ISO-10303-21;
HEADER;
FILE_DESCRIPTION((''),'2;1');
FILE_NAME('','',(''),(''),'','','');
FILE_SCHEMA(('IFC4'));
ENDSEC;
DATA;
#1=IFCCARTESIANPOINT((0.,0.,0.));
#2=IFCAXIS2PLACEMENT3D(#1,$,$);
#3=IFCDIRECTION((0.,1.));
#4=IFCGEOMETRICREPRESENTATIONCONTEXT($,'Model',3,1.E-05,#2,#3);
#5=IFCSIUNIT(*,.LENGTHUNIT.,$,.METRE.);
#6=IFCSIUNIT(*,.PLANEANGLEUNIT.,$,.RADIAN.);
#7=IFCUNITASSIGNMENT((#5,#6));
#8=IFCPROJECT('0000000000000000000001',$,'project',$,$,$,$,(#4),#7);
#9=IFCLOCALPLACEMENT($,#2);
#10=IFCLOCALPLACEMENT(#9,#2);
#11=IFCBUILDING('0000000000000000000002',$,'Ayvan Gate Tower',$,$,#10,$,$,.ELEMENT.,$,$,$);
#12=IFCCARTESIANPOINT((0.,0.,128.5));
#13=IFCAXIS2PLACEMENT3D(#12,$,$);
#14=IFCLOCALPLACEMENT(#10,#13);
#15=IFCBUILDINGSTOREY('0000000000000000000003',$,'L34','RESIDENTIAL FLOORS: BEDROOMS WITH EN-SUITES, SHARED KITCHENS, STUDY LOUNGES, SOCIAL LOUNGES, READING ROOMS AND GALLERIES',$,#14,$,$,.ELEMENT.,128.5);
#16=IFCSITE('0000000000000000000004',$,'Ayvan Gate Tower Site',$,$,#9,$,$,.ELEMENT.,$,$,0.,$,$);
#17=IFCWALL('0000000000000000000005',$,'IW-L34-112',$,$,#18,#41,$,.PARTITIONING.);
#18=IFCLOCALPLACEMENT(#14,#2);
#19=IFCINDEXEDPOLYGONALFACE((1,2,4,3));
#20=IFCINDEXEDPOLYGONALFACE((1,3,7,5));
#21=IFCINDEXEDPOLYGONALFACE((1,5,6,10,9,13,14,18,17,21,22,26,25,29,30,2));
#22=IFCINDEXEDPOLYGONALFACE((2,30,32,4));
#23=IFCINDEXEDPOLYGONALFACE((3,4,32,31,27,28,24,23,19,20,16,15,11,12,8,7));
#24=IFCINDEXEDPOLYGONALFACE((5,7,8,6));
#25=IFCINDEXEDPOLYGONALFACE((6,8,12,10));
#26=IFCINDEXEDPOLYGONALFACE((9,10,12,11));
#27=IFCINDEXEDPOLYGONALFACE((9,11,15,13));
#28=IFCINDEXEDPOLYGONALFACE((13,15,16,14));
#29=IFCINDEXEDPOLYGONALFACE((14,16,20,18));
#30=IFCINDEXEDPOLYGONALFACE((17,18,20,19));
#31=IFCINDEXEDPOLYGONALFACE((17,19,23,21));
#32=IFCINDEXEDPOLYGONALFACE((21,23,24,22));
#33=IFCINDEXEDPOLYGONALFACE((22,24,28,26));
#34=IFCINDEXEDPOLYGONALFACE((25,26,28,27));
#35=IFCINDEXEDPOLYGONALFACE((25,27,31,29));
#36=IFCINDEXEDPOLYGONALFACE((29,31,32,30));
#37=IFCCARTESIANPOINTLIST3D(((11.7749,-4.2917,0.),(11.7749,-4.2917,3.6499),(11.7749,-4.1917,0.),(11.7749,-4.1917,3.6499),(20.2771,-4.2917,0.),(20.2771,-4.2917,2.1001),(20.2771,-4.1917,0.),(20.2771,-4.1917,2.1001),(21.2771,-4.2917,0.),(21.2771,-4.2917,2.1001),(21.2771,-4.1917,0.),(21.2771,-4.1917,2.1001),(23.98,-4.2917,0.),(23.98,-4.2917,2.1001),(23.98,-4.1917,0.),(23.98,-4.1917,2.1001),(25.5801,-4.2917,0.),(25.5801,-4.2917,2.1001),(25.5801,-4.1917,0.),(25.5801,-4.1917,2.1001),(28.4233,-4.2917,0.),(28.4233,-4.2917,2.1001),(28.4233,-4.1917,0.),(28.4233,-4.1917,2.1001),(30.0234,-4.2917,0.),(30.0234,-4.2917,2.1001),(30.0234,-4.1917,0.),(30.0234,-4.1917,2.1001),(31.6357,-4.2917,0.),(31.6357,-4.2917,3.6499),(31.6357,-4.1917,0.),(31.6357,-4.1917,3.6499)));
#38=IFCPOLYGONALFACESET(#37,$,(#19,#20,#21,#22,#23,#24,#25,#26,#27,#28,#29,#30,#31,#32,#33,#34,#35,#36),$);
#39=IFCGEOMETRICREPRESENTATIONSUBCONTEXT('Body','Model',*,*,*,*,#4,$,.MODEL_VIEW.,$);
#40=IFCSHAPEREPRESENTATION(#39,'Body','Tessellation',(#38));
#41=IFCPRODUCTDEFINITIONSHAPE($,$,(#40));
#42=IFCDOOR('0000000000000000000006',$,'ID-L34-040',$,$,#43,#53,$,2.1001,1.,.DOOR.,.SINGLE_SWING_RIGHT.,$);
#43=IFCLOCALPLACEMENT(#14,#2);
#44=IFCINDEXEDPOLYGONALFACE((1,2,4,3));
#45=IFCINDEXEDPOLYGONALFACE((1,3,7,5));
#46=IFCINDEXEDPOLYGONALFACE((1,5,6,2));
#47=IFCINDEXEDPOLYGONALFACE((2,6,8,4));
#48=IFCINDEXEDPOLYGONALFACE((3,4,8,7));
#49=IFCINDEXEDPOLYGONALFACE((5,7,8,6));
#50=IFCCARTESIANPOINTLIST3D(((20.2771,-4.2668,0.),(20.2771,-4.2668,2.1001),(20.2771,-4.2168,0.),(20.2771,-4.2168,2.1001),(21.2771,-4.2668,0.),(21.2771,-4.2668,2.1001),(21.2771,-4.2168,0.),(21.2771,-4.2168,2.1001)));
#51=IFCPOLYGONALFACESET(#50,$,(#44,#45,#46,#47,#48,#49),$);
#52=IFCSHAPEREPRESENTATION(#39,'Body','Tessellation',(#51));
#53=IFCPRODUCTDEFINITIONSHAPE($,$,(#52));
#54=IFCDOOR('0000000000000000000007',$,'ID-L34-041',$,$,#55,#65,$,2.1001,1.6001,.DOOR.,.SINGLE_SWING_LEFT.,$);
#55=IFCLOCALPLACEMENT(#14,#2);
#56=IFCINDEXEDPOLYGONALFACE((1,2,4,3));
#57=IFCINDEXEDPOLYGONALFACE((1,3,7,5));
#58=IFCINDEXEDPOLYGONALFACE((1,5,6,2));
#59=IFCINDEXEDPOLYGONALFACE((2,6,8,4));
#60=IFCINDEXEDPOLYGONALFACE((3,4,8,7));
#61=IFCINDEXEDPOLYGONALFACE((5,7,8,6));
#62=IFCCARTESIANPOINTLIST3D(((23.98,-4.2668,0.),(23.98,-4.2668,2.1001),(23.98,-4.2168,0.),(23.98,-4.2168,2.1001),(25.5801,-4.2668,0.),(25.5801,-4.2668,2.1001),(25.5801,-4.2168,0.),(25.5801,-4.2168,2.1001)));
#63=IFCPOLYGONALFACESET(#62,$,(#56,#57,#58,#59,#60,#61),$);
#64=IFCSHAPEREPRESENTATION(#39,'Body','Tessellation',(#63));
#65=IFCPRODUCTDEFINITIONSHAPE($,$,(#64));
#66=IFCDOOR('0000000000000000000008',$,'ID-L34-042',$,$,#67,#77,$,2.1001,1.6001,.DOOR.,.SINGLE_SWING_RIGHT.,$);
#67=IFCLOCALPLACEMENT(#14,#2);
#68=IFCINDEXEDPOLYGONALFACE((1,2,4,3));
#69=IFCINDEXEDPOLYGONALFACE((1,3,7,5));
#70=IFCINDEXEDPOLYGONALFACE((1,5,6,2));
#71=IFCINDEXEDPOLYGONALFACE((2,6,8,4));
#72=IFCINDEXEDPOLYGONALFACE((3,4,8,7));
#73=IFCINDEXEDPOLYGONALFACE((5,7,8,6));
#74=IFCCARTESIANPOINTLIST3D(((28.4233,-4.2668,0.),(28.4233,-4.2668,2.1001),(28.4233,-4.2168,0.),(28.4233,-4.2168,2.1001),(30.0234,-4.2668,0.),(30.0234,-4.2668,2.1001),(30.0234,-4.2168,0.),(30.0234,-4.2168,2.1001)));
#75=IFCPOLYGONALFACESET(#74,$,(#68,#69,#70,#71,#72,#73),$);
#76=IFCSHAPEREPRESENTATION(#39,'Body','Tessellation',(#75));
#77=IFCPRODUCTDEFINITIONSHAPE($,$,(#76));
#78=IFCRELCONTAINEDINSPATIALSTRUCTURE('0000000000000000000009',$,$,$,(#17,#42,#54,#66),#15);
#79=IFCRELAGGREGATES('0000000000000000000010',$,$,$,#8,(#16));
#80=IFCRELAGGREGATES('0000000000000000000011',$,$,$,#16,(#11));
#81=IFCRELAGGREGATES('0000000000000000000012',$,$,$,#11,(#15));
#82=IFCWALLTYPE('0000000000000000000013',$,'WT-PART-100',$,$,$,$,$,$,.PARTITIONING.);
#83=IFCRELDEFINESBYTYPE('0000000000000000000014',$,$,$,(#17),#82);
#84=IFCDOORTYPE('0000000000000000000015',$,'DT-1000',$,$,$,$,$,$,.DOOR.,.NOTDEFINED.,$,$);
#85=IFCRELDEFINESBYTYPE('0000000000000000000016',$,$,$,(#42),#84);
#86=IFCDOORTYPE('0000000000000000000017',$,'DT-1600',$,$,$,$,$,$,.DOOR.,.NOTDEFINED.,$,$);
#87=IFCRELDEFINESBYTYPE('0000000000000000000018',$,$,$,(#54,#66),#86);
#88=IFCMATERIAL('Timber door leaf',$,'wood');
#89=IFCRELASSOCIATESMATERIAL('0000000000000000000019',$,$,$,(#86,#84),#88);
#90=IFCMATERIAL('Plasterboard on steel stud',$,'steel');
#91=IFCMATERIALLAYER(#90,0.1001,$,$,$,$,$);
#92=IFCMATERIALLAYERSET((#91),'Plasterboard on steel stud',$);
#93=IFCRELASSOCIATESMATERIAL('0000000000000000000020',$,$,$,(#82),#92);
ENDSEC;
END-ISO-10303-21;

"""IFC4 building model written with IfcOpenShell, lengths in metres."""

from ifc_helpers import new_model, si_unit, direction, frame, frame_2d, origin, place, context, subcontext, project, spatial, rectangle, extrude, material, layer, layer_set, type_object, element, fill, save


model = new_model("IFC4")

# Units and contexts
model_context = context("Model", 3, precision=1e-05, world=origin(), true_north=direction((0.0, 1.0)))
body_context = subcontext(model_context, "Body", "Model", "MODEL_VIEW")
ifc_project = project(units=[si_unit("LENGTHUNIT", "METRE"), si_unit("PLANEANGLEUNIT", "RADIAN")], contexts=[model_context])

# Site, building, storey
site_placement = place(None, origin())
site = spatial("IfcSite", under=ifc_project, at=site_placement, Name="Ayvan Gate Tower Site", CompositionType="ELEMENT", RefElevation=0.0)
building_placement = place(site_placement, origin())
building = spatial("IfcBuilding", under=site, at=building_placement, Name="Ayvan Gate Tower", CompositionType="ELEMENT")
storey_placement = place(building_placement, frame((0.0, 0.0, 128.5)))
storey = spatial("IfcBuildingStorey", under=building, at=storey_placement, Name="L34", Description="RESIDENTIAL FLOORS: BEDROOMS WITH EN-SUITES, SHARED KITCHENS, STUDY LOUNGES, SOCIAL LOUNGES, READING ROOMS AND GALLERIES", CompositionType="ELEMENT", Elevation=128.5)

# Shared definitions
ifc_material_1 = material(Name="Plasterboard on steel stud", Category="steel")
ifc_material_2 = material(Name="Timber door leaf", Category="wood")
door_type_1 = type_object("IfcDoorType", Name="DT-1600", OperationType="NOTDEFINED", PredefinedType="DOOR", material=ifc_material_2)

# Shared definitions
ifc_layer_1 = layer(ifc_material_1, 0.1001)
ifc_layer_set_1 = layer_set([ifc_layer_1], Name="Plasterboard on steel stud")
wall_type_1 = type_object("IfcWallType", Name="WT-PART-100", PredefinedType="PARTITIONING", material=ifc_layer_set_1)

# Wall, openings, doors
wall_1_placement = place(storey_placement, frame((11.7749, -4.2417, 0.0), z_axis=(0.0, 0.0, 1.0), x_axis=(1.0, 0.0, 0.0)))
wall_1 = element("IfcWall", 1, at=wall_1_placement, inside=storey, type_object=wall_type_1, Name="IW-L34-112", PredefinedType="PARTITIONING", context=body_context, shape_type="SweptSolid", body=[
    extrude(rectangle(XDim=19.8608, YDim=0.1001, at=frame_2d((9.9304, 0.0))), origin(), (0.0, 0.0, 1.0), 3.6499),
])
opening_1_placement = place(wall_1_placement, frame((8.5022, 0.0, 0.0)))
opening_1 = element("IfcOpeningElement", 2, at=opening_1_placement, cuts=wall_1, PredefinedType="OPENING", context=body_context, shape_type="SweptSolid", body=[
    extrude(rectangle(XDim=1.0, YDim=2.1001, at=frame_2d((0.5, 1.05))), frame((0.0, 0.0601, 0.0), z_axis=(0.0, -1.0, 0.0), x_axis=(1.0, 0.0, 0.0)), (0.0, 0.0, 1.0), 0.1201),
])
opening_2_placement = place(wall_1_placement, frame((12.2051, 0.0, 0.0)))
opening_2 = element("IfcOpeningElement", 3, at=opening_2_placement, cuts=wall_1, PredefinedType="OPENING", context=body_context, shape_type="SweptSolid", body=[
    extrude(rectangle(XDim=1.6001, YDim=2.1001, at=frame_2d((0.8, 1.05))), frame((0.0, 0.0601, 0.0), z_axis=(0.0, -1.0, 0.0), x_axis=(1.0, 0.0, 0.0)), (0.0, 0.0, 1.0), 0.1201),
])
opening_3_placement = place(wall_1_placement, frame((16.6484, 0.0, 0.0)))
opening_3 = element("IfcOpeningElement", 4, at=opening_3_placement, cuts=wall_1, PredefinedType="OPENING", context=body_context, shape_type="SweptSolid", body=[
    extrude(rectangle(XDim=1.6001, YDim=2.1001, at=frame_2d((0.8, 1.05))), frame((0.0, 0.0601, 0.0), z_axis=(0.0, -1.0, 0.0), x_axis=(1.0, 0.0, 0.0)), (0.0, 0.0, 1.0), 0.1201),
])
door_type_2 = type_object("IfcDoorType", Name="DT-1000", OperationType="NOTDEFINED", PredefinedType="DOOR", material=ifc_material_2)
door_1_placement = place(opening_1_placement, origin())
door_1 = element("IfcDoor", 5, at=door_1_placement, inside=storey, type_object=door_type_2, Name="ID-L34-040", OperationType="SINGLE_SWING_RIGHT", OverallHeight=2.1001, OverallWidth=1.0, PredefinedType="DOOR", context=body_context, shape_type="SweptSolid", body=[
    extrude(rectangle(XDim=1.0, YDim=2.1001, at=frame_2d((0.5, 1.05))), frame((0.0, 0.0249, 0.0), z_axis=(0.0, -1.0, 0.0), x_axis=(1.0, 0.0, 0.0)), (0.0, 0.0, 1.0), 0.05),
])
fill(opening_1, door_1)
door_2_placement = place(opening_2_placement, origin())
door_2 = element("IfcDoor", 6, at=door_2_placement, inside=storey, type_object=door_type_1, Name="ID-L34-041", OperationType="SINGLE_SWING_LEFT", OverallHeight=2.1001, OverallWidth=1.6001, PredefinedType="DOOR", context=body_context, shape_type="SweptSolid", body=[
    extrude(rectangle(XDim=1.6001, YDim=2.1001, at=frame_2d((0.8, 1.05))), frame((0.0, 0.0249, 0.0), z_axis=(0.0, -1.0, 0.0), x_axis=(1.0, 0.0, 0.0)), (0.0, 0.0, 1.0), 0.05),
])
fill(opening_2, door_2)
door_3_placement = place(opening_3_placement, origin())
door_3 = element("IfcDoor", 7, at=door_3_placement, inside=storey, type_object=door_type_1, Name="ID-L34-042", OperationType="SINGLE_SWING_RIGHT", OverallHeight=2.1001, OverallWidth=1.6001, PredefinedType="DOOR", context=body_context, shape_type="SweptSolid", body=[
    extrude(rectangle(XDim=1.6001, YDim=2.1001, at=frame_2d((0.8, 1.05))), frame((0.0, 0.0249, 0.0), z_axis=(0.0, -1.0, 0.0), x_axis=(1.0, 0.0, 0.0)), (0.0, 0.0, 1.0), 0.05),
])
fill(opening_3, door_3)

save(model, "model.ifc")
